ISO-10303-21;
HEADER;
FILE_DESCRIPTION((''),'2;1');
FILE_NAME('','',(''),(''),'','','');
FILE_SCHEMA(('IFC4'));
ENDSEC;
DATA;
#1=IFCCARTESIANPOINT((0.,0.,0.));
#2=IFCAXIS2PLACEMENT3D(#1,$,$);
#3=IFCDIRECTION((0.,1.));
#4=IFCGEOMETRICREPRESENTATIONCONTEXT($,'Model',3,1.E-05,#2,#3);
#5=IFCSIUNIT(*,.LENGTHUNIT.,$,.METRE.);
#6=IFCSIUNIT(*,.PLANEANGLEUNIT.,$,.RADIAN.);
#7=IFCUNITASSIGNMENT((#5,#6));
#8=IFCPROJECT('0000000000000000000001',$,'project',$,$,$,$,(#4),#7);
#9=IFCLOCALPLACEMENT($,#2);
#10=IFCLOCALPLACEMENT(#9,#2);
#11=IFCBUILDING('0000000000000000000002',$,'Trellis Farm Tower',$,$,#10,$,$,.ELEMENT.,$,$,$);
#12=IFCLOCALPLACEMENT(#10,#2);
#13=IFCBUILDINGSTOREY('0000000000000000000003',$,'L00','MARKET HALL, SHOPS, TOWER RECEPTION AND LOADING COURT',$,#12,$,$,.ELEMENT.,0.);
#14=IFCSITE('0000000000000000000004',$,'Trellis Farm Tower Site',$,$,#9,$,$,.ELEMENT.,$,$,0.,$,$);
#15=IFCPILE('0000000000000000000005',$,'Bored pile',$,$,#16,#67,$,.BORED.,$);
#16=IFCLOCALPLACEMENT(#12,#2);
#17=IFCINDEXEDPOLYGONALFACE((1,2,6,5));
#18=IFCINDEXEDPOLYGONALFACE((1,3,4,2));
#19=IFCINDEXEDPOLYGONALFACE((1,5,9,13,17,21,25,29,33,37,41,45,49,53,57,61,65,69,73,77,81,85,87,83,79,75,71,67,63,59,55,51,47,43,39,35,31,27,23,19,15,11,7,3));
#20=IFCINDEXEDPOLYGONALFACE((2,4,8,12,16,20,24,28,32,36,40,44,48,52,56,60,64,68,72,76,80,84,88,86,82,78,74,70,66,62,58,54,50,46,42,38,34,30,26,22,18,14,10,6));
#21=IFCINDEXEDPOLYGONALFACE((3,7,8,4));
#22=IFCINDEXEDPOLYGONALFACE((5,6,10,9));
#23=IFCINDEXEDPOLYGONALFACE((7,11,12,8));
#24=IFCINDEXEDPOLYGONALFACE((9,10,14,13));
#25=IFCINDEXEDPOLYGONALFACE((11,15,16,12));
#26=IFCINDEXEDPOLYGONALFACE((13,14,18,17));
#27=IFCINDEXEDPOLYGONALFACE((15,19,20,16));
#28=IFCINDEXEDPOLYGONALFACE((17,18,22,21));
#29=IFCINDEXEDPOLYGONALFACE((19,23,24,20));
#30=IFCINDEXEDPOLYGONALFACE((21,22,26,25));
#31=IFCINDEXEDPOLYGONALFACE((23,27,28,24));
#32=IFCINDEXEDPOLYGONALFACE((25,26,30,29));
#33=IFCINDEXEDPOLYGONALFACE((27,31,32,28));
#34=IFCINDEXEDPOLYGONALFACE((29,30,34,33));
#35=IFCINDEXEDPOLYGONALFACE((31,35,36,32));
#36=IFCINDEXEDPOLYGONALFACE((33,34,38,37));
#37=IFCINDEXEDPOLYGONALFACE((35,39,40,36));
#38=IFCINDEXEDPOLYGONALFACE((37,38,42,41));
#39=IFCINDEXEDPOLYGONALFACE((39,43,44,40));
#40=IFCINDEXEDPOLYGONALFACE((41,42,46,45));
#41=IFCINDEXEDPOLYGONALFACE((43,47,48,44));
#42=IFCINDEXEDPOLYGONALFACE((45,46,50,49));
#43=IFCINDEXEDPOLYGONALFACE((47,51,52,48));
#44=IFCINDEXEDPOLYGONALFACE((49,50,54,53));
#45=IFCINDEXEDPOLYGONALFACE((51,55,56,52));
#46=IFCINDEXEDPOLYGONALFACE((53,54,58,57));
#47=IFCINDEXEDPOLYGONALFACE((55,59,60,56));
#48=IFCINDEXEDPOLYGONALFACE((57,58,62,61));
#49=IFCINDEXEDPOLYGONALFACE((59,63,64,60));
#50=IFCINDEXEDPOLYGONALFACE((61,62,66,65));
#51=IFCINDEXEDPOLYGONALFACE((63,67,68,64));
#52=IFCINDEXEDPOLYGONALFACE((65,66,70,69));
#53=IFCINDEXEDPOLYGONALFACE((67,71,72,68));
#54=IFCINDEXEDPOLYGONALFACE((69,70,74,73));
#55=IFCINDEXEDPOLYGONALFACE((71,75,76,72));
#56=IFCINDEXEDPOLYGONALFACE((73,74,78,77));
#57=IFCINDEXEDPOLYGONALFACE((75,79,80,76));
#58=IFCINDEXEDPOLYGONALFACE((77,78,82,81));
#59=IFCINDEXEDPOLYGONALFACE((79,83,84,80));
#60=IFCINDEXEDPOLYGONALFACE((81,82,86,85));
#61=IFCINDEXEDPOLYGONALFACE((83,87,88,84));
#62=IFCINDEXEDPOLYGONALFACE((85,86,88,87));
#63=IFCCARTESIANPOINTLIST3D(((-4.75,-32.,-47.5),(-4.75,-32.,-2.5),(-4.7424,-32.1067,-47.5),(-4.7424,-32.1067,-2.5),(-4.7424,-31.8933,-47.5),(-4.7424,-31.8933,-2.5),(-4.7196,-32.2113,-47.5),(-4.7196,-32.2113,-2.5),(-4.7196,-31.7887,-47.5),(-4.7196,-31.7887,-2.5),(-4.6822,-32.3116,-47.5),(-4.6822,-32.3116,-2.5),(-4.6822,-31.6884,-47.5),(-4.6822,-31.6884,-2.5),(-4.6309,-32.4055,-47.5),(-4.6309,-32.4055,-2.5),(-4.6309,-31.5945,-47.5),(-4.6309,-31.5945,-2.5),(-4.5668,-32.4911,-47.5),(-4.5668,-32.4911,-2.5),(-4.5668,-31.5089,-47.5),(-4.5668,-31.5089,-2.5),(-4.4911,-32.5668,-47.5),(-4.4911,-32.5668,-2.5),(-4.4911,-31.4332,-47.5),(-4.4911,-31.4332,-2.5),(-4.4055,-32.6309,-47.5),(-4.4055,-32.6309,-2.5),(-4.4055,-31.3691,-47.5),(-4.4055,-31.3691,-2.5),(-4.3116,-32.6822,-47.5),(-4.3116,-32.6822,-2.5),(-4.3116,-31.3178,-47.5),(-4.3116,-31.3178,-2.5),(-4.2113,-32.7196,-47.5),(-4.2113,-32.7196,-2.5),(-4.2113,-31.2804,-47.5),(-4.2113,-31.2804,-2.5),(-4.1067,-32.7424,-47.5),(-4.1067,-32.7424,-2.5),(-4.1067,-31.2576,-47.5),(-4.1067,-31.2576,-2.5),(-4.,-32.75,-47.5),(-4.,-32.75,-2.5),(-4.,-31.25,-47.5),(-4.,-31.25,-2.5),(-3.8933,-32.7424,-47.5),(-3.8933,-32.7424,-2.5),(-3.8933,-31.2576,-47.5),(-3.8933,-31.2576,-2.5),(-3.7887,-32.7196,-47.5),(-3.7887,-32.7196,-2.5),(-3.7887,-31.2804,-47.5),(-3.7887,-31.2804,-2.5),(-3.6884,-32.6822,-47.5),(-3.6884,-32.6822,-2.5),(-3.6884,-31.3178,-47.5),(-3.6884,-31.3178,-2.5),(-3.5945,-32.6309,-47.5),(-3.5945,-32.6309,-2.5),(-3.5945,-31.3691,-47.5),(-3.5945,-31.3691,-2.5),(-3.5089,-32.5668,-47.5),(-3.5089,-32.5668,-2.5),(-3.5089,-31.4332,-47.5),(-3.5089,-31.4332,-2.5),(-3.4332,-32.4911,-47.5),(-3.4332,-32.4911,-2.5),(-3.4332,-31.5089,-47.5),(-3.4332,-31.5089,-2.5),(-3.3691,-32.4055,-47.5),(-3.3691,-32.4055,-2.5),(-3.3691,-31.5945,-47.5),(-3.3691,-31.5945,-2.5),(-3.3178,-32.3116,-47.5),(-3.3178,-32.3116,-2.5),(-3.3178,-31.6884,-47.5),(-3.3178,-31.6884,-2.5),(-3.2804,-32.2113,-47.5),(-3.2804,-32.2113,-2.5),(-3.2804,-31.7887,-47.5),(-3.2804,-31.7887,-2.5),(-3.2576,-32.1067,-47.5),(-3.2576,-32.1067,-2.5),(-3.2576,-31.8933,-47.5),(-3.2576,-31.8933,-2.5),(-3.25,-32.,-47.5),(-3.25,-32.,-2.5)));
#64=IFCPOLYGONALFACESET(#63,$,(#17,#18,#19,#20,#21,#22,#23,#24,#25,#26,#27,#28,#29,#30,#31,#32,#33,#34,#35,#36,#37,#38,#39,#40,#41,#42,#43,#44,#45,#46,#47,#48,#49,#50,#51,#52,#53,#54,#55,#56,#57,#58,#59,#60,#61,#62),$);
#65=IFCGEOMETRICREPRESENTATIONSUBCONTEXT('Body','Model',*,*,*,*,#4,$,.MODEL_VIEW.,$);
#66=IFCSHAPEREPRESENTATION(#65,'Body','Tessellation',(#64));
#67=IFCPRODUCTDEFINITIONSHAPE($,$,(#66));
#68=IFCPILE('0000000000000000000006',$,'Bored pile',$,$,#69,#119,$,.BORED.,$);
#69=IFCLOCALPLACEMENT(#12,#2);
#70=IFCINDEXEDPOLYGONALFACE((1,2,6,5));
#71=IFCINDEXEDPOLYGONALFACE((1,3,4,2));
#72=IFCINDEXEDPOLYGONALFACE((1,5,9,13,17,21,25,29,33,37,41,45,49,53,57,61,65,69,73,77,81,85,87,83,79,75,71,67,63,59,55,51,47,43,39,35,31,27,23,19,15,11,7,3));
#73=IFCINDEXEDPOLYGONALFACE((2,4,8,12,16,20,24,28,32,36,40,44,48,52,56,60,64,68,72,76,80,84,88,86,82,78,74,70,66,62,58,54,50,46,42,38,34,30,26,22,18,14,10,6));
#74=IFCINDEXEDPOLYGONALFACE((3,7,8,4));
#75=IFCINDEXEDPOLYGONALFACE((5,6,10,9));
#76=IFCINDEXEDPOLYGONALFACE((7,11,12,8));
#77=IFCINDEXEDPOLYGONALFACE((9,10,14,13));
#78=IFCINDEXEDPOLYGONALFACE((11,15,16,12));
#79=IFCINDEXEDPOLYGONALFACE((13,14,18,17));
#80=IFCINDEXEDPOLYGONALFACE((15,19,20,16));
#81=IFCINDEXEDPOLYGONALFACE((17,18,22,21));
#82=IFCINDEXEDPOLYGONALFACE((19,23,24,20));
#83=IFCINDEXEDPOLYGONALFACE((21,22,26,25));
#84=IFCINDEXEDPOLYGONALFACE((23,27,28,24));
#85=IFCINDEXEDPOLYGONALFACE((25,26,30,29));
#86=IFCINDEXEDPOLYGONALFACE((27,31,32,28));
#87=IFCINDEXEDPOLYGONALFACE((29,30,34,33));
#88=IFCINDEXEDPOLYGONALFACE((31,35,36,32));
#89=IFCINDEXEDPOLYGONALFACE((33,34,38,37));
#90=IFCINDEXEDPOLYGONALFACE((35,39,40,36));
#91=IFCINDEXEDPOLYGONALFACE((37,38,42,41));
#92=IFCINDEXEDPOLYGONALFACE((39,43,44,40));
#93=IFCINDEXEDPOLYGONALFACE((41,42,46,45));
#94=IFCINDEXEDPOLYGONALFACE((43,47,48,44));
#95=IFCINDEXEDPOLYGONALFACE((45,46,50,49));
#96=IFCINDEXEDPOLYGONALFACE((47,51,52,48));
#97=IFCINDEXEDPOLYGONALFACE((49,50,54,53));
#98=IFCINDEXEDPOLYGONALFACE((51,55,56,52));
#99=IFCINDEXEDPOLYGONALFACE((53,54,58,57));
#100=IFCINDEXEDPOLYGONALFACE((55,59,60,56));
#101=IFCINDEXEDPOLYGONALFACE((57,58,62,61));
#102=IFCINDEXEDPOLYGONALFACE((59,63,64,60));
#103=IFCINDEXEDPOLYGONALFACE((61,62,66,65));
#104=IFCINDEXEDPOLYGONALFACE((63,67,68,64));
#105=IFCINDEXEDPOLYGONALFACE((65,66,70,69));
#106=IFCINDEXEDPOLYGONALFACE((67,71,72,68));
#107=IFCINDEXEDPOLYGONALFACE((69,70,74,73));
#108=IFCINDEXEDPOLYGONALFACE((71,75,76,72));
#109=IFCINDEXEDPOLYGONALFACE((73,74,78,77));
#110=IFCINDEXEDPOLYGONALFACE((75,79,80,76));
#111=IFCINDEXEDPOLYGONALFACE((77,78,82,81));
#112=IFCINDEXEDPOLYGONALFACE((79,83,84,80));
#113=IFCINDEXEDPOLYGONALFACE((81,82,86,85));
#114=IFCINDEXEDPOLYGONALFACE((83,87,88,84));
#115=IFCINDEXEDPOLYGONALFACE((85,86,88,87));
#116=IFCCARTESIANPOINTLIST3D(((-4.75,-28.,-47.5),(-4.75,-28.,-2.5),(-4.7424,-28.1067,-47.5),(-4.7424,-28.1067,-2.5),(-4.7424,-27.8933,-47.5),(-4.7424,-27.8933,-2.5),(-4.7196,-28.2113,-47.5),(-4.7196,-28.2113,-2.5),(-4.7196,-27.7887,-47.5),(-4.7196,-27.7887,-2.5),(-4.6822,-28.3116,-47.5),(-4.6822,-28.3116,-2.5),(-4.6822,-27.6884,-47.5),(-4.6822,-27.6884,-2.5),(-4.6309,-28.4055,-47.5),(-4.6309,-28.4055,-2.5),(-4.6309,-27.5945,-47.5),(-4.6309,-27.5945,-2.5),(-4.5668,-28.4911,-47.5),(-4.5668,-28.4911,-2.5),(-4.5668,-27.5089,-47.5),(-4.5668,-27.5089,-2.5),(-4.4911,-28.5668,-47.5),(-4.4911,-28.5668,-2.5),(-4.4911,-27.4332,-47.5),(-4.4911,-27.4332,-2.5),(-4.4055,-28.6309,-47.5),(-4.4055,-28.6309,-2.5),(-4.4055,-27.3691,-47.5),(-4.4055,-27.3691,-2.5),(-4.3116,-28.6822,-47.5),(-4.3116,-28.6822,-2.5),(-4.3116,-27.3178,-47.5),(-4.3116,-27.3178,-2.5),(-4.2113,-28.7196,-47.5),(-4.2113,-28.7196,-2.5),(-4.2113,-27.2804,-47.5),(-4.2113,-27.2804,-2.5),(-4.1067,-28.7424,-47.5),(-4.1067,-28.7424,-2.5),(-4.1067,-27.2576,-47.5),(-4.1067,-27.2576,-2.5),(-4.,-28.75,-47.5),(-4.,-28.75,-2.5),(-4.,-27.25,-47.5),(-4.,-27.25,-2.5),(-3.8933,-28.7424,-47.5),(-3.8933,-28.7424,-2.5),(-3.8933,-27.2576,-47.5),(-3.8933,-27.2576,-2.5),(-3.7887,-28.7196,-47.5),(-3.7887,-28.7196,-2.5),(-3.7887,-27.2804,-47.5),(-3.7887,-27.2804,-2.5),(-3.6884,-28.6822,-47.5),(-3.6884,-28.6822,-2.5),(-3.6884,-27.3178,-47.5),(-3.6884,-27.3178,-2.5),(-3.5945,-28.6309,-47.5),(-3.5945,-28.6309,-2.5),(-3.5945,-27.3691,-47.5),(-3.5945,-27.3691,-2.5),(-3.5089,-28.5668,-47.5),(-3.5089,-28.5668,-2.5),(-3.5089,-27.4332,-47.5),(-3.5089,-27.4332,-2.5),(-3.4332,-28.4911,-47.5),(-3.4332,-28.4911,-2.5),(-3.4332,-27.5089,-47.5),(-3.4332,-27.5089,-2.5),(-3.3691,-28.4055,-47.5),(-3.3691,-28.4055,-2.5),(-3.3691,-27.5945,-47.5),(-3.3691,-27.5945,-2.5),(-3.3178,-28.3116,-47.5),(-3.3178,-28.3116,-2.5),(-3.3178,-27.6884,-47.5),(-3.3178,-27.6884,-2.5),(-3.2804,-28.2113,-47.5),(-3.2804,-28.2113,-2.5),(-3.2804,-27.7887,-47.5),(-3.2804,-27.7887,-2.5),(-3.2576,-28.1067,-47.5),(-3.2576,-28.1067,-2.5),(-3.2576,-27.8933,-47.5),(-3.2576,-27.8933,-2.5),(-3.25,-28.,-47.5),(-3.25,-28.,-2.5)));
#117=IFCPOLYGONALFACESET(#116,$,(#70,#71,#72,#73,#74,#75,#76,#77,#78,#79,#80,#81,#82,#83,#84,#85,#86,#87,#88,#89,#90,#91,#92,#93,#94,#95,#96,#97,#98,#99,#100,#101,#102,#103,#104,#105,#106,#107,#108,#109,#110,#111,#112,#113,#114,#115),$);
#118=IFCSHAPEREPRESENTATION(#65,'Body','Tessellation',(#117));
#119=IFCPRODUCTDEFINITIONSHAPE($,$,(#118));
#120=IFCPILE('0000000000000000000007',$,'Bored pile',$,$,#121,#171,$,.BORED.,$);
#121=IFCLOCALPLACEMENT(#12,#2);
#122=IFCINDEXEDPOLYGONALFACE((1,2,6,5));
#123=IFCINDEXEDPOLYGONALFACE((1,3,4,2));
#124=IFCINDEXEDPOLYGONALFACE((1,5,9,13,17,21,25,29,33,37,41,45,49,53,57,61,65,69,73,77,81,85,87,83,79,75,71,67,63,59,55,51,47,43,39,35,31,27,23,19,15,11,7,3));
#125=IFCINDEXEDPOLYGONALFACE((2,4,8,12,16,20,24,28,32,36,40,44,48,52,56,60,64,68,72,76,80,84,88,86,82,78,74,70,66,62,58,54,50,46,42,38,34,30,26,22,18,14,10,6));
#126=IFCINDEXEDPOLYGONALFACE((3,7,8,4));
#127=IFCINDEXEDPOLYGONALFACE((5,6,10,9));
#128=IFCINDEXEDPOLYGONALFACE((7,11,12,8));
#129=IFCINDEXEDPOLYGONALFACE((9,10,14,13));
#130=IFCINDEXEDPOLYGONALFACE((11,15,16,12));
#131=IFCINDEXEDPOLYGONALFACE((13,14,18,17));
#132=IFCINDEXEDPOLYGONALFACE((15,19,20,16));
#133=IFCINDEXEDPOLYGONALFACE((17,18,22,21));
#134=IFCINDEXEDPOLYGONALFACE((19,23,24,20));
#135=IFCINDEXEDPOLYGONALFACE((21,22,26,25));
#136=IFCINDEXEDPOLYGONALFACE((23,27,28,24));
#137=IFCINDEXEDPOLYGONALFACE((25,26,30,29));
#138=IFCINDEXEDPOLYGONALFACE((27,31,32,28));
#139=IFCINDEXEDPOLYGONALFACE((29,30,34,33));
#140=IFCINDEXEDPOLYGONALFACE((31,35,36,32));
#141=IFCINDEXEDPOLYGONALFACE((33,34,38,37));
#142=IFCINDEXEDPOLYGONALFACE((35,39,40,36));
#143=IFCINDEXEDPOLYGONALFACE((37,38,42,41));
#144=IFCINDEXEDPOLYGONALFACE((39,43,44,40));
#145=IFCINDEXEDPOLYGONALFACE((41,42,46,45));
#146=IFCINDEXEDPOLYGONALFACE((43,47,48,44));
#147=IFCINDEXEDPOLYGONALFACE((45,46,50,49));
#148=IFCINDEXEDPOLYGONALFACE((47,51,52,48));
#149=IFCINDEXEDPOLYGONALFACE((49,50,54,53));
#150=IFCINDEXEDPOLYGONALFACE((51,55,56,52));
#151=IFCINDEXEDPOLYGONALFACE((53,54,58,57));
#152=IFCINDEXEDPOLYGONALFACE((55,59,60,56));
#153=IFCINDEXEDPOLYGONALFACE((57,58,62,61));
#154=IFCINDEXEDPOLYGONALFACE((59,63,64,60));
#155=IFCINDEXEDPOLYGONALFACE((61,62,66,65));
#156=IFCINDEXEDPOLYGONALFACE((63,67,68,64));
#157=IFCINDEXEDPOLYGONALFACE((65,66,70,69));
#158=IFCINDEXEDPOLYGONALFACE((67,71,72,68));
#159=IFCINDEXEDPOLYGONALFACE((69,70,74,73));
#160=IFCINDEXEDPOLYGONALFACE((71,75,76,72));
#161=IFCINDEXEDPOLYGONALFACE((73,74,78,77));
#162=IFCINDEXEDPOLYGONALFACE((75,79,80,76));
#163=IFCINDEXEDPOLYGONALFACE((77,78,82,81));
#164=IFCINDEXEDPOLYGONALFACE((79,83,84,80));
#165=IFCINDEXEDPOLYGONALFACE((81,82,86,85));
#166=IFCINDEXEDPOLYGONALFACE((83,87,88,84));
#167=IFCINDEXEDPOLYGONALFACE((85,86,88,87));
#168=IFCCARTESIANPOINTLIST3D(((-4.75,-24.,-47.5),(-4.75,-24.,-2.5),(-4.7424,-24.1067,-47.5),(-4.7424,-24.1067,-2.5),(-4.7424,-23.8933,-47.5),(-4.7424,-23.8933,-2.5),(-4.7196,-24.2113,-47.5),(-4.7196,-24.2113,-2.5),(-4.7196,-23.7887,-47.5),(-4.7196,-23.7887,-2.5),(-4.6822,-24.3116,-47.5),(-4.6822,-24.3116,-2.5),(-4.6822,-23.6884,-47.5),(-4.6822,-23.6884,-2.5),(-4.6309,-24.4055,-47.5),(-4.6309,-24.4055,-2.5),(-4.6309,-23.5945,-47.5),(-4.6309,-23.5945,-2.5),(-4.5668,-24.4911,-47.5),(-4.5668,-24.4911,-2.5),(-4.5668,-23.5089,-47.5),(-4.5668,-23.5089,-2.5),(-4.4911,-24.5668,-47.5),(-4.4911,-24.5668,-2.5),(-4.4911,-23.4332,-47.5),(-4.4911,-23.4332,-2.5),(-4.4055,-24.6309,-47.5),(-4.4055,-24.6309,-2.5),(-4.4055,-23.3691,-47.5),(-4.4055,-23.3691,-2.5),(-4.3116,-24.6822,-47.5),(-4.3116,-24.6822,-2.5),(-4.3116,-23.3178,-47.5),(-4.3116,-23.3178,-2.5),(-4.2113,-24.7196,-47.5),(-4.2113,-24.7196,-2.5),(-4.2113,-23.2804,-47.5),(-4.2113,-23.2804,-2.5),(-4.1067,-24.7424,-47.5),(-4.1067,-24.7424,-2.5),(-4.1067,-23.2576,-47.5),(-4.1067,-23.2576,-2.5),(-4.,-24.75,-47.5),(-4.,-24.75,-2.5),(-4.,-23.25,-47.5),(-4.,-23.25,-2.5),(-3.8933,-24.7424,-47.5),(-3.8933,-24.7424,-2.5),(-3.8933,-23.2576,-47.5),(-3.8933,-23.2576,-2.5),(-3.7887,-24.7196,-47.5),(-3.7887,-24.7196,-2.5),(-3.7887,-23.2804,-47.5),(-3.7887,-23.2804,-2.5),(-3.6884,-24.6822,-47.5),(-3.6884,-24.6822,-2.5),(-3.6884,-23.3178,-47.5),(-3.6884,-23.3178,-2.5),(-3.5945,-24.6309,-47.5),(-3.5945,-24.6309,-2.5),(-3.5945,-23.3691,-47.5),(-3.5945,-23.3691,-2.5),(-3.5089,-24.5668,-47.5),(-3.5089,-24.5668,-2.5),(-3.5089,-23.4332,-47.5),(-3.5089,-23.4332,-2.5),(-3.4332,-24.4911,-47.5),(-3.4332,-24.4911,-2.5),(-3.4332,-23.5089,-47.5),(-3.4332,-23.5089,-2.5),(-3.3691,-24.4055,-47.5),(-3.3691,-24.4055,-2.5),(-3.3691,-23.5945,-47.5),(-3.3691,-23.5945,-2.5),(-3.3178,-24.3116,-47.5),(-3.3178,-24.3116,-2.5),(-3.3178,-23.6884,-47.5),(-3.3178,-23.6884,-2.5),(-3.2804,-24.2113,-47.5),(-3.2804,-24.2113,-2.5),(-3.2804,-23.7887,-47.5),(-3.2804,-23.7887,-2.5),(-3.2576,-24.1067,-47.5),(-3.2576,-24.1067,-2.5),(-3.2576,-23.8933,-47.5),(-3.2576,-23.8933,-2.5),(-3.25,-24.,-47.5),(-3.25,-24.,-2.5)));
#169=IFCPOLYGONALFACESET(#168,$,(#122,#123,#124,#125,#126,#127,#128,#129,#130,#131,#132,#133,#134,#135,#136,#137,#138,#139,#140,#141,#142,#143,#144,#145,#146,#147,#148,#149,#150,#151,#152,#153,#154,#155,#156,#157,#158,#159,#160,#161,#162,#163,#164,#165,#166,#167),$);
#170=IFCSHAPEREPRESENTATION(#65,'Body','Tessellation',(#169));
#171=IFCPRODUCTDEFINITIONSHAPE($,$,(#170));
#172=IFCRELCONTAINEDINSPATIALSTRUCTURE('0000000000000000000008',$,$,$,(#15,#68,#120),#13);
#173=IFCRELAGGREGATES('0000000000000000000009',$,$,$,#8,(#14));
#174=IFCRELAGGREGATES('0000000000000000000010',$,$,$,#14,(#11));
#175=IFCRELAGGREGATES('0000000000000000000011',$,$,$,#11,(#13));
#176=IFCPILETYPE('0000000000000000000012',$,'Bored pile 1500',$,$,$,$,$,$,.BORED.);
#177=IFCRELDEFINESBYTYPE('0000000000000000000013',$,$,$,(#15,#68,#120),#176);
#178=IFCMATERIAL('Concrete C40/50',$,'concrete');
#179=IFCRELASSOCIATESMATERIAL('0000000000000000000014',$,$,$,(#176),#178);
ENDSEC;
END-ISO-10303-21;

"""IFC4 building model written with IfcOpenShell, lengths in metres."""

from ifc_helpers import new_model, si_unit, direction, frame, origin, origin_2d, place, context, subcontext, project, spatial, circle, extrude, source, transform, mapped, material, material_profile, profile_set, type_object, element, save


model = new_model("IFC4")

# Units and contexts
model_context = context("Model", 3, precision=1e-05, world=origin(), true_north=direction((0.0, 1.0)))
body_context = subcontext(model_context, "Body", "Model", "MODEL_VIEW")
ifc_project = project(units=[si_unit("LENGTHUNIT", "METRE"), si_unit("PLANEANGLEUNIT", "RADIAN")], contexts=[model_context])

# Site, building, storey
site_placement = place(None, origin())
site = spatial("IfcSite", under=ifc_project, at=site_placement, Name="Trellis Farm Tower Site", CompositionType="ELEMENT", RefElevation=0.0)
building_placement = place(site_placement, origin())
building = spatial("IfcBuilding", under=site, at=building_placement, Name="Trellis Farm Tower", CompositionType="ELEMENT")
storey_placement = place(building_placement, origin())
storey = spatial("IfcBuildingStorey", under=building, at=storey_placement, Name="L00", Description="MARKET HALL, SHOPS, TOWER RECEPTION AND LOADING COURT", CompositionType="ELEMENT", Elevation=0.0)

# Piles
ifc_material_1 = material(Name="Concrete C40/50", Category="concrete")
ifc_material_profile_1 = material_profile(ifc_material_1, circle(Radius=0.75, at=origin_2d()), Name="Bored pile 1500")
ifc_profile_set_1 = profile_set([ifc_material_profile_1], Name="Concrete C40/50")
pile_type = type_object("IfcPileType", Name="Bored pile 1500", PredefinedType="BORED", material=ifc_profile_set_1)
shared_shape_1 = source(origin(), body_context, "Body", "SweptSolid", [
    extrude(circle(Radius=0.75, at=origin_2d()), origin(), (0.0, 0.0, 1.0), 45.0),
])
for number, where, z_axis, x_axis, name in (
    (1, (-4.0, -32.0, -2.5), (0.0, 0.0, -1.0), (1.0, 0.0, 0.0), "Bored pile"),
    (2, (-4.0, -28.0, -2.5), (0.0, 0.0, -1.0), (1.0, 0.0, 0.0), "Bored pile"),
    (3, (-4.0, -24.0, -2.5), (0.0, 0.0, -1.0), (1.0, 0.0, 0.0), "Bored pile"),
):
    element("IfcPile", number, at=place(storey_placement, frame(where, z_axis=z_axis, x_axis=x_axis)), inside=storey, type_object=pile_type, Name=name, PredefinedType="BORED", context=body_context, shape_type="MappedRepresentation", body=[
        mapped(shared_shape_1, transform((0.0, 0.0, 0.0))),
    ])

save(model, "model.ifc")
